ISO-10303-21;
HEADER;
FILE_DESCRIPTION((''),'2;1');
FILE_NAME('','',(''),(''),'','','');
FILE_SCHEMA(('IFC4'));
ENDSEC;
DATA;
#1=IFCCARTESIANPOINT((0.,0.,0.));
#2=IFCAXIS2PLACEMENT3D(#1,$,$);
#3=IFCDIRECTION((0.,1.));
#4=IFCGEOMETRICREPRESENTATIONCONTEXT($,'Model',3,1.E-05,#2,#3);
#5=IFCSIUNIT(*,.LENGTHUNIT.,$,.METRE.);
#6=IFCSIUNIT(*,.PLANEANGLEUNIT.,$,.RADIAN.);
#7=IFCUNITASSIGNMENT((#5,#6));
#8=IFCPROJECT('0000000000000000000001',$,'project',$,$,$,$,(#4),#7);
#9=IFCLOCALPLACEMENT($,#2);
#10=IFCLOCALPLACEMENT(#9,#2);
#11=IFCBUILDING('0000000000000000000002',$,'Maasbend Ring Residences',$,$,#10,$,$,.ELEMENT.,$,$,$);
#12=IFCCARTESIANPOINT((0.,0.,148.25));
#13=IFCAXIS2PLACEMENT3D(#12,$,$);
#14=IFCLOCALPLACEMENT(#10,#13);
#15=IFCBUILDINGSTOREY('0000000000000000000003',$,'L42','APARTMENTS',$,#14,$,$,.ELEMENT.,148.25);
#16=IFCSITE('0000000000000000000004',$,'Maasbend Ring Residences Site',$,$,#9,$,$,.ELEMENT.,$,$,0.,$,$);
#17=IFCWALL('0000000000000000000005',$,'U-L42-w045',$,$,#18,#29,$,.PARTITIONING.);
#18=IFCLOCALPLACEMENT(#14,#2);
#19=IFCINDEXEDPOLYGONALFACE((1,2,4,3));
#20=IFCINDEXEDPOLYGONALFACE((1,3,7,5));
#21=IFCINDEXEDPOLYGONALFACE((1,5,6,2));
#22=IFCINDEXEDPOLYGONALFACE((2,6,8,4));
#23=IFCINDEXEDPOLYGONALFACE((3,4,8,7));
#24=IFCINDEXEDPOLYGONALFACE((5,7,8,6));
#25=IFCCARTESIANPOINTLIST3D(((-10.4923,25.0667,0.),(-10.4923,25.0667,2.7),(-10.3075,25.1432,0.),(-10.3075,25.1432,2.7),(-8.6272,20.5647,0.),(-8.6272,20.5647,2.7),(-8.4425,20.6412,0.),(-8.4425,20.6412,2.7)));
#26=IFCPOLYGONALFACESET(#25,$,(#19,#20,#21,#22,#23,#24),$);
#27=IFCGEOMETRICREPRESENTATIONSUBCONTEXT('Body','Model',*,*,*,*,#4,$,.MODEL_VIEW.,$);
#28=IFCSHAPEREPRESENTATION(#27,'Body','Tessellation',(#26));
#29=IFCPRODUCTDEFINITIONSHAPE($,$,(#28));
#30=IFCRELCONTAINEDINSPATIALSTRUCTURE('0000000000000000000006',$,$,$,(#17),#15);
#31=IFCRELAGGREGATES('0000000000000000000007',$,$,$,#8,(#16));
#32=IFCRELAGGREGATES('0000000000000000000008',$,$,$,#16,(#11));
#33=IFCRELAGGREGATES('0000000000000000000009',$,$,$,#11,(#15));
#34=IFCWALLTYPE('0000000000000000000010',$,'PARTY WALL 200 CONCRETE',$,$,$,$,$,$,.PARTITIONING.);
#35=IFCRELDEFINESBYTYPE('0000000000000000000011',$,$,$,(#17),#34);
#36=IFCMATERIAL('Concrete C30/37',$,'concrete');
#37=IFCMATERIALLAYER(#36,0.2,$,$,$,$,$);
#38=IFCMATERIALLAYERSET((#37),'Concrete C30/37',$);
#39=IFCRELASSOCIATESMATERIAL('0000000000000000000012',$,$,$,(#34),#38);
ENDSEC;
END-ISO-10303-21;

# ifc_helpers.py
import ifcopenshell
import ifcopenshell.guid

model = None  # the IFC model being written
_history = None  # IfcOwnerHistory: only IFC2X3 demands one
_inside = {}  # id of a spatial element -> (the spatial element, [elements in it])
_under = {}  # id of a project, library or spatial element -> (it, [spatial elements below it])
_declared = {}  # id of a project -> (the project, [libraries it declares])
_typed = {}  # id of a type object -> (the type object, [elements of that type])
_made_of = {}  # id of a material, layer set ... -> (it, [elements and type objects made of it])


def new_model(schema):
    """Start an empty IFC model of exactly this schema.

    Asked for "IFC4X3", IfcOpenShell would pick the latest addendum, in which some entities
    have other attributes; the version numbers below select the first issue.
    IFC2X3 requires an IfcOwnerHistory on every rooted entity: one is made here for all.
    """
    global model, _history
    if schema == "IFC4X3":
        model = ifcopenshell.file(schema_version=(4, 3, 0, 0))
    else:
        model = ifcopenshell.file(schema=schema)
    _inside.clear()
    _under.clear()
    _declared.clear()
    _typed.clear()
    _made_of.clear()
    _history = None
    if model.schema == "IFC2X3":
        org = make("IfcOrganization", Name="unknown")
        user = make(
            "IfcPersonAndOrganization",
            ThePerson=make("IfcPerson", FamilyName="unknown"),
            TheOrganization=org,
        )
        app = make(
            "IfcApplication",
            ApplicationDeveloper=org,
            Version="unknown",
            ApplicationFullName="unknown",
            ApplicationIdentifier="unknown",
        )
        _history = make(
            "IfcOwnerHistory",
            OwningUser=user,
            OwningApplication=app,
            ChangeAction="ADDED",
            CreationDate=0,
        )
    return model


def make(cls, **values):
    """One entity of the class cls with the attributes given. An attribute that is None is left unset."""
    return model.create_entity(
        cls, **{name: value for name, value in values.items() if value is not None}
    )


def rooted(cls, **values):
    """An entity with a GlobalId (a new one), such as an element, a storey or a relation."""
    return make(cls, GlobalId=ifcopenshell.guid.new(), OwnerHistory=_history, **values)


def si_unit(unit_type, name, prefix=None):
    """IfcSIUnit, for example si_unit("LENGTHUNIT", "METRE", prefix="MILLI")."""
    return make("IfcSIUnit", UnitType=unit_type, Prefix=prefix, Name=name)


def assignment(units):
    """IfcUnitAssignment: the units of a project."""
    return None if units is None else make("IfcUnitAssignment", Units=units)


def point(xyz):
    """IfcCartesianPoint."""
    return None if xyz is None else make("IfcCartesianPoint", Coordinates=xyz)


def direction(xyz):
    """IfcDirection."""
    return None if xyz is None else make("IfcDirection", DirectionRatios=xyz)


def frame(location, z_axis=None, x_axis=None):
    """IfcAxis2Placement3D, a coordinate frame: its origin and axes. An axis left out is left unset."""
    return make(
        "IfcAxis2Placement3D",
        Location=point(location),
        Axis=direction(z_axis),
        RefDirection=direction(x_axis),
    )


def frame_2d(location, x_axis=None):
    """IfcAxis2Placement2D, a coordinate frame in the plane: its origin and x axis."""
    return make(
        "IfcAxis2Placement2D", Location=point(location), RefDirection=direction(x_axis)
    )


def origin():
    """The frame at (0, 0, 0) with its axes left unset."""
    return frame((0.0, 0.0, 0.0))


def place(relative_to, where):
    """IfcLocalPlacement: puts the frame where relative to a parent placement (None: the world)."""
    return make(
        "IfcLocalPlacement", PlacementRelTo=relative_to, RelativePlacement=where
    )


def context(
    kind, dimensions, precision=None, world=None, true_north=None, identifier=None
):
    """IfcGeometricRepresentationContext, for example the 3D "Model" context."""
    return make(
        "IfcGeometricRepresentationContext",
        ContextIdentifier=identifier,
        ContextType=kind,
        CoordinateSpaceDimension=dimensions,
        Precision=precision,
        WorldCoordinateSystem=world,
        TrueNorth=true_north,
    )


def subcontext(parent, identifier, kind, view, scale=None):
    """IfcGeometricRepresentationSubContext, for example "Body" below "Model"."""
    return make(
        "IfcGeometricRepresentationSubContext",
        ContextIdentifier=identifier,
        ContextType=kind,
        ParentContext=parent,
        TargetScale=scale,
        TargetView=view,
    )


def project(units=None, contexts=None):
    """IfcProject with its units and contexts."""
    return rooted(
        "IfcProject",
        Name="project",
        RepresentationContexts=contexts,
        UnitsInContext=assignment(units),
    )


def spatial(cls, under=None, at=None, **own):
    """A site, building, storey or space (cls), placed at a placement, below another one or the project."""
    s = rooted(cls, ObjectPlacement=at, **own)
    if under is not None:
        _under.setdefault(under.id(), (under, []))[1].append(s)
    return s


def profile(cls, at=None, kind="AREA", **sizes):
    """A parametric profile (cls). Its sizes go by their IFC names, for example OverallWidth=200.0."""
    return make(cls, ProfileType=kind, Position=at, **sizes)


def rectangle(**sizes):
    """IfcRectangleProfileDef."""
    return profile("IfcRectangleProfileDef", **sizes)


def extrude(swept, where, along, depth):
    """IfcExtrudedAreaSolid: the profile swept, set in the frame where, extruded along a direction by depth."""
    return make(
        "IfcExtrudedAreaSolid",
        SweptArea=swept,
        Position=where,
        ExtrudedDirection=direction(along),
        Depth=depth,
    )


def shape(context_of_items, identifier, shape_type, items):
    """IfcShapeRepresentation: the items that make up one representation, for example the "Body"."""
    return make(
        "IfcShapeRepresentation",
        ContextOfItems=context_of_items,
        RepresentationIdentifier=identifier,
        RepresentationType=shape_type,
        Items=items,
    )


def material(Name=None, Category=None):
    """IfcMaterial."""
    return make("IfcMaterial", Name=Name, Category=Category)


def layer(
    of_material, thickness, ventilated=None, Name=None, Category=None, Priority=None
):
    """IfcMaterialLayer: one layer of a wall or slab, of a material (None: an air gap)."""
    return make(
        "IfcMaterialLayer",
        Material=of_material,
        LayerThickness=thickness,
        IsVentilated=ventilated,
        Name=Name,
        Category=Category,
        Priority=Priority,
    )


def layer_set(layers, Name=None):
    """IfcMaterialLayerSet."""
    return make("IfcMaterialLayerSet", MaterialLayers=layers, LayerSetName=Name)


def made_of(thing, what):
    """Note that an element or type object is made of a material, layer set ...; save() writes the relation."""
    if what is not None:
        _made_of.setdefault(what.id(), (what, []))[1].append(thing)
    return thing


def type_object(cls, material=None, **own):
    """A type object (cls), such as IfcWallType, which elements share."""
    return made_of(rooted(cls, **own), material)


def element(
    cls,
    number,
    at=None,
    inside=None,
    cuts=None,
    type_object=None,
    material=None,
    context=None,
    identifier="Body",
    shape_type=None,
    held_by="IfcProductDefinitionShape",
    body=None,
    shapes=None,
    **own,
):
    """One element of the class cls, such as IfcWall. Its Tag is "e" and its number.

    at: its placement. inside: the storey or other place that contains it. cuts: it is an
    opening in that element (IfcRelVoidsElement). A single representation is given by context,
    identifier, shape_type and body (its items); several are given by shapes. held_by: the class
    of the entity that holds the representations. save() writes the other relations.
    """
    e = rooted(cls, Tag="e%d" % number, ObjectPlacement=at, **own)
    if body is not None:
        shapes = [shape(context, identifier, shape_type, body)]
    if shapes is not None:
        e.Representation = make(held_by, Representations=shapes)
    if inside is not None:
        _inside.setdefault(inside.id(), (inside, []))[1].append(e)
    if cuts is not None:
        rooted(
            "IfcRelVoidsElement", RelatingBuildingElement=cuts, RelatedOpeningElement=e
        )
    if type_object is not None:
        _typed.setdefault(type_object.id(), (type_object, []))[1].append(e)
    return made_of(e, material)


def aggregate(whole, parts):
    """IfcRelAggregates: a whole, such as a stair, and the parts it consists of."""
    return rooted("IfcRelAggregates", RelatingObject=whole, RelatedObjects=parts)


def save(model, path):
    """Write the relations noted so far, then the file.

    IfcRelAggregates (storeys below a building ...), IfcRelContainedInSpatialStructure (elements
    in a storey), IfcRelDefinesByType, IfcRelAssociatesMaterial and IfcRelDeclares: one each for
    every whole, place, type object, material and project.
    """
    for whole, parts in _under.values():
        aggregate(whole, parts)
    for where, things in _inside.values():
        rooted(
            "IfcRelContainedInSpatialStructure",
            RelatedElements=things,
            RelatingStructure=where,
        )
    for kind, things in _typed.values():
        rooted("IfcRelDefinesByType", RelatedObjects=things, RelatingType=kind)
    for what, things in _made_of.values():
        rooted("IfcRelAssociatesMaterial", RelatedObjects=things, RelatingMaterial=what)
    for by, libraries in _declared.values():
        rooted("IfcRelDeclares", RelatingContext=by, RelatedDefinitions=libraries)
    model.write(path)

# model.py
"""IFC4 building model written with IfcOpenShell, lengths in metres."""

from ifc_helpers import new_model, si_unit, direction, frame, frame_2d, origin, place, context, subcontext, project, spatial, rectangle, extrude, material, layer, layer_set, type_object, element, save


model = new_model("IFC4")

# Units and contexts
model_context = context("Model", 3, precision=1e-05, world=origin(), true_north=direction((0.0, 1.0)))
body_context = subcontext(model_context, "Body", "Model", "MODEL_VIEW")
ifc_project = project(units=[si_unit("LENGTHUNIT", "METRE"), si_unit("PLANEANGLEUNIT", "RADIAN")], contexts=[model_context])

# Site, building, storey
site_placement = place(None, origin())
site = spatial("IfcSite", under=ifc_project, at=site_placement, Name="Maasbend Ring Residences Site", CompositionType="ELEMENT", RefElevation=0.0)
building_placement = place(site_placement, origin())
building = spatial("IfcBuilding", under=site, at=building_placement, Name="Maasbend Ring Residences", CompositionType="ELEMENT")
storey_placement = place(building_placement, frame((0.0, 0.0, 148.25)))
storey = spatial("IfcBuildingStorey", under=building, at=storey_placement, Name="L42", Description="APARTMENTS", CompositionType="ELEMENT", Elevation=148.25)

# Wall
ifc_material_1 = material(Name="Concrete C30/37", Category="concrete")
ifc_layer_1 = layer(ifc_material_1, 0.2)
ifc_layer_set_1 = layer_set([ifc_layer_1], Name="Concrete C30/37")
wall_type_1 = type_object("IfcWallType", Name="PARTY WALL 200 CONCRETE", PredefinedType="PARTITIONING", material=ifc_layer_set_1)
wall_1_placement = place(storey_placement, frame((-10.3999, 25.105, 0.0), z_axis=(0.0, 0.0, 1.0), x_axis=(0.382722, -0.923864, 0.0)))
element("IfcWall", 1, at=wall_1_placement, inside=storey, type_object=wall_type_1, Name="U-L42-w045", PredefinedType="PARTITIONING", context=body_context, shape_type="SweptSolid", body=[
    extrude(rectangle(XDim=4.873, YDim=0.2, at=frame_2d((2.4365, 0.0))), origin(), (0.0, 0.0, 1.0), 2.7),
])

save(model, "model.ifc")
